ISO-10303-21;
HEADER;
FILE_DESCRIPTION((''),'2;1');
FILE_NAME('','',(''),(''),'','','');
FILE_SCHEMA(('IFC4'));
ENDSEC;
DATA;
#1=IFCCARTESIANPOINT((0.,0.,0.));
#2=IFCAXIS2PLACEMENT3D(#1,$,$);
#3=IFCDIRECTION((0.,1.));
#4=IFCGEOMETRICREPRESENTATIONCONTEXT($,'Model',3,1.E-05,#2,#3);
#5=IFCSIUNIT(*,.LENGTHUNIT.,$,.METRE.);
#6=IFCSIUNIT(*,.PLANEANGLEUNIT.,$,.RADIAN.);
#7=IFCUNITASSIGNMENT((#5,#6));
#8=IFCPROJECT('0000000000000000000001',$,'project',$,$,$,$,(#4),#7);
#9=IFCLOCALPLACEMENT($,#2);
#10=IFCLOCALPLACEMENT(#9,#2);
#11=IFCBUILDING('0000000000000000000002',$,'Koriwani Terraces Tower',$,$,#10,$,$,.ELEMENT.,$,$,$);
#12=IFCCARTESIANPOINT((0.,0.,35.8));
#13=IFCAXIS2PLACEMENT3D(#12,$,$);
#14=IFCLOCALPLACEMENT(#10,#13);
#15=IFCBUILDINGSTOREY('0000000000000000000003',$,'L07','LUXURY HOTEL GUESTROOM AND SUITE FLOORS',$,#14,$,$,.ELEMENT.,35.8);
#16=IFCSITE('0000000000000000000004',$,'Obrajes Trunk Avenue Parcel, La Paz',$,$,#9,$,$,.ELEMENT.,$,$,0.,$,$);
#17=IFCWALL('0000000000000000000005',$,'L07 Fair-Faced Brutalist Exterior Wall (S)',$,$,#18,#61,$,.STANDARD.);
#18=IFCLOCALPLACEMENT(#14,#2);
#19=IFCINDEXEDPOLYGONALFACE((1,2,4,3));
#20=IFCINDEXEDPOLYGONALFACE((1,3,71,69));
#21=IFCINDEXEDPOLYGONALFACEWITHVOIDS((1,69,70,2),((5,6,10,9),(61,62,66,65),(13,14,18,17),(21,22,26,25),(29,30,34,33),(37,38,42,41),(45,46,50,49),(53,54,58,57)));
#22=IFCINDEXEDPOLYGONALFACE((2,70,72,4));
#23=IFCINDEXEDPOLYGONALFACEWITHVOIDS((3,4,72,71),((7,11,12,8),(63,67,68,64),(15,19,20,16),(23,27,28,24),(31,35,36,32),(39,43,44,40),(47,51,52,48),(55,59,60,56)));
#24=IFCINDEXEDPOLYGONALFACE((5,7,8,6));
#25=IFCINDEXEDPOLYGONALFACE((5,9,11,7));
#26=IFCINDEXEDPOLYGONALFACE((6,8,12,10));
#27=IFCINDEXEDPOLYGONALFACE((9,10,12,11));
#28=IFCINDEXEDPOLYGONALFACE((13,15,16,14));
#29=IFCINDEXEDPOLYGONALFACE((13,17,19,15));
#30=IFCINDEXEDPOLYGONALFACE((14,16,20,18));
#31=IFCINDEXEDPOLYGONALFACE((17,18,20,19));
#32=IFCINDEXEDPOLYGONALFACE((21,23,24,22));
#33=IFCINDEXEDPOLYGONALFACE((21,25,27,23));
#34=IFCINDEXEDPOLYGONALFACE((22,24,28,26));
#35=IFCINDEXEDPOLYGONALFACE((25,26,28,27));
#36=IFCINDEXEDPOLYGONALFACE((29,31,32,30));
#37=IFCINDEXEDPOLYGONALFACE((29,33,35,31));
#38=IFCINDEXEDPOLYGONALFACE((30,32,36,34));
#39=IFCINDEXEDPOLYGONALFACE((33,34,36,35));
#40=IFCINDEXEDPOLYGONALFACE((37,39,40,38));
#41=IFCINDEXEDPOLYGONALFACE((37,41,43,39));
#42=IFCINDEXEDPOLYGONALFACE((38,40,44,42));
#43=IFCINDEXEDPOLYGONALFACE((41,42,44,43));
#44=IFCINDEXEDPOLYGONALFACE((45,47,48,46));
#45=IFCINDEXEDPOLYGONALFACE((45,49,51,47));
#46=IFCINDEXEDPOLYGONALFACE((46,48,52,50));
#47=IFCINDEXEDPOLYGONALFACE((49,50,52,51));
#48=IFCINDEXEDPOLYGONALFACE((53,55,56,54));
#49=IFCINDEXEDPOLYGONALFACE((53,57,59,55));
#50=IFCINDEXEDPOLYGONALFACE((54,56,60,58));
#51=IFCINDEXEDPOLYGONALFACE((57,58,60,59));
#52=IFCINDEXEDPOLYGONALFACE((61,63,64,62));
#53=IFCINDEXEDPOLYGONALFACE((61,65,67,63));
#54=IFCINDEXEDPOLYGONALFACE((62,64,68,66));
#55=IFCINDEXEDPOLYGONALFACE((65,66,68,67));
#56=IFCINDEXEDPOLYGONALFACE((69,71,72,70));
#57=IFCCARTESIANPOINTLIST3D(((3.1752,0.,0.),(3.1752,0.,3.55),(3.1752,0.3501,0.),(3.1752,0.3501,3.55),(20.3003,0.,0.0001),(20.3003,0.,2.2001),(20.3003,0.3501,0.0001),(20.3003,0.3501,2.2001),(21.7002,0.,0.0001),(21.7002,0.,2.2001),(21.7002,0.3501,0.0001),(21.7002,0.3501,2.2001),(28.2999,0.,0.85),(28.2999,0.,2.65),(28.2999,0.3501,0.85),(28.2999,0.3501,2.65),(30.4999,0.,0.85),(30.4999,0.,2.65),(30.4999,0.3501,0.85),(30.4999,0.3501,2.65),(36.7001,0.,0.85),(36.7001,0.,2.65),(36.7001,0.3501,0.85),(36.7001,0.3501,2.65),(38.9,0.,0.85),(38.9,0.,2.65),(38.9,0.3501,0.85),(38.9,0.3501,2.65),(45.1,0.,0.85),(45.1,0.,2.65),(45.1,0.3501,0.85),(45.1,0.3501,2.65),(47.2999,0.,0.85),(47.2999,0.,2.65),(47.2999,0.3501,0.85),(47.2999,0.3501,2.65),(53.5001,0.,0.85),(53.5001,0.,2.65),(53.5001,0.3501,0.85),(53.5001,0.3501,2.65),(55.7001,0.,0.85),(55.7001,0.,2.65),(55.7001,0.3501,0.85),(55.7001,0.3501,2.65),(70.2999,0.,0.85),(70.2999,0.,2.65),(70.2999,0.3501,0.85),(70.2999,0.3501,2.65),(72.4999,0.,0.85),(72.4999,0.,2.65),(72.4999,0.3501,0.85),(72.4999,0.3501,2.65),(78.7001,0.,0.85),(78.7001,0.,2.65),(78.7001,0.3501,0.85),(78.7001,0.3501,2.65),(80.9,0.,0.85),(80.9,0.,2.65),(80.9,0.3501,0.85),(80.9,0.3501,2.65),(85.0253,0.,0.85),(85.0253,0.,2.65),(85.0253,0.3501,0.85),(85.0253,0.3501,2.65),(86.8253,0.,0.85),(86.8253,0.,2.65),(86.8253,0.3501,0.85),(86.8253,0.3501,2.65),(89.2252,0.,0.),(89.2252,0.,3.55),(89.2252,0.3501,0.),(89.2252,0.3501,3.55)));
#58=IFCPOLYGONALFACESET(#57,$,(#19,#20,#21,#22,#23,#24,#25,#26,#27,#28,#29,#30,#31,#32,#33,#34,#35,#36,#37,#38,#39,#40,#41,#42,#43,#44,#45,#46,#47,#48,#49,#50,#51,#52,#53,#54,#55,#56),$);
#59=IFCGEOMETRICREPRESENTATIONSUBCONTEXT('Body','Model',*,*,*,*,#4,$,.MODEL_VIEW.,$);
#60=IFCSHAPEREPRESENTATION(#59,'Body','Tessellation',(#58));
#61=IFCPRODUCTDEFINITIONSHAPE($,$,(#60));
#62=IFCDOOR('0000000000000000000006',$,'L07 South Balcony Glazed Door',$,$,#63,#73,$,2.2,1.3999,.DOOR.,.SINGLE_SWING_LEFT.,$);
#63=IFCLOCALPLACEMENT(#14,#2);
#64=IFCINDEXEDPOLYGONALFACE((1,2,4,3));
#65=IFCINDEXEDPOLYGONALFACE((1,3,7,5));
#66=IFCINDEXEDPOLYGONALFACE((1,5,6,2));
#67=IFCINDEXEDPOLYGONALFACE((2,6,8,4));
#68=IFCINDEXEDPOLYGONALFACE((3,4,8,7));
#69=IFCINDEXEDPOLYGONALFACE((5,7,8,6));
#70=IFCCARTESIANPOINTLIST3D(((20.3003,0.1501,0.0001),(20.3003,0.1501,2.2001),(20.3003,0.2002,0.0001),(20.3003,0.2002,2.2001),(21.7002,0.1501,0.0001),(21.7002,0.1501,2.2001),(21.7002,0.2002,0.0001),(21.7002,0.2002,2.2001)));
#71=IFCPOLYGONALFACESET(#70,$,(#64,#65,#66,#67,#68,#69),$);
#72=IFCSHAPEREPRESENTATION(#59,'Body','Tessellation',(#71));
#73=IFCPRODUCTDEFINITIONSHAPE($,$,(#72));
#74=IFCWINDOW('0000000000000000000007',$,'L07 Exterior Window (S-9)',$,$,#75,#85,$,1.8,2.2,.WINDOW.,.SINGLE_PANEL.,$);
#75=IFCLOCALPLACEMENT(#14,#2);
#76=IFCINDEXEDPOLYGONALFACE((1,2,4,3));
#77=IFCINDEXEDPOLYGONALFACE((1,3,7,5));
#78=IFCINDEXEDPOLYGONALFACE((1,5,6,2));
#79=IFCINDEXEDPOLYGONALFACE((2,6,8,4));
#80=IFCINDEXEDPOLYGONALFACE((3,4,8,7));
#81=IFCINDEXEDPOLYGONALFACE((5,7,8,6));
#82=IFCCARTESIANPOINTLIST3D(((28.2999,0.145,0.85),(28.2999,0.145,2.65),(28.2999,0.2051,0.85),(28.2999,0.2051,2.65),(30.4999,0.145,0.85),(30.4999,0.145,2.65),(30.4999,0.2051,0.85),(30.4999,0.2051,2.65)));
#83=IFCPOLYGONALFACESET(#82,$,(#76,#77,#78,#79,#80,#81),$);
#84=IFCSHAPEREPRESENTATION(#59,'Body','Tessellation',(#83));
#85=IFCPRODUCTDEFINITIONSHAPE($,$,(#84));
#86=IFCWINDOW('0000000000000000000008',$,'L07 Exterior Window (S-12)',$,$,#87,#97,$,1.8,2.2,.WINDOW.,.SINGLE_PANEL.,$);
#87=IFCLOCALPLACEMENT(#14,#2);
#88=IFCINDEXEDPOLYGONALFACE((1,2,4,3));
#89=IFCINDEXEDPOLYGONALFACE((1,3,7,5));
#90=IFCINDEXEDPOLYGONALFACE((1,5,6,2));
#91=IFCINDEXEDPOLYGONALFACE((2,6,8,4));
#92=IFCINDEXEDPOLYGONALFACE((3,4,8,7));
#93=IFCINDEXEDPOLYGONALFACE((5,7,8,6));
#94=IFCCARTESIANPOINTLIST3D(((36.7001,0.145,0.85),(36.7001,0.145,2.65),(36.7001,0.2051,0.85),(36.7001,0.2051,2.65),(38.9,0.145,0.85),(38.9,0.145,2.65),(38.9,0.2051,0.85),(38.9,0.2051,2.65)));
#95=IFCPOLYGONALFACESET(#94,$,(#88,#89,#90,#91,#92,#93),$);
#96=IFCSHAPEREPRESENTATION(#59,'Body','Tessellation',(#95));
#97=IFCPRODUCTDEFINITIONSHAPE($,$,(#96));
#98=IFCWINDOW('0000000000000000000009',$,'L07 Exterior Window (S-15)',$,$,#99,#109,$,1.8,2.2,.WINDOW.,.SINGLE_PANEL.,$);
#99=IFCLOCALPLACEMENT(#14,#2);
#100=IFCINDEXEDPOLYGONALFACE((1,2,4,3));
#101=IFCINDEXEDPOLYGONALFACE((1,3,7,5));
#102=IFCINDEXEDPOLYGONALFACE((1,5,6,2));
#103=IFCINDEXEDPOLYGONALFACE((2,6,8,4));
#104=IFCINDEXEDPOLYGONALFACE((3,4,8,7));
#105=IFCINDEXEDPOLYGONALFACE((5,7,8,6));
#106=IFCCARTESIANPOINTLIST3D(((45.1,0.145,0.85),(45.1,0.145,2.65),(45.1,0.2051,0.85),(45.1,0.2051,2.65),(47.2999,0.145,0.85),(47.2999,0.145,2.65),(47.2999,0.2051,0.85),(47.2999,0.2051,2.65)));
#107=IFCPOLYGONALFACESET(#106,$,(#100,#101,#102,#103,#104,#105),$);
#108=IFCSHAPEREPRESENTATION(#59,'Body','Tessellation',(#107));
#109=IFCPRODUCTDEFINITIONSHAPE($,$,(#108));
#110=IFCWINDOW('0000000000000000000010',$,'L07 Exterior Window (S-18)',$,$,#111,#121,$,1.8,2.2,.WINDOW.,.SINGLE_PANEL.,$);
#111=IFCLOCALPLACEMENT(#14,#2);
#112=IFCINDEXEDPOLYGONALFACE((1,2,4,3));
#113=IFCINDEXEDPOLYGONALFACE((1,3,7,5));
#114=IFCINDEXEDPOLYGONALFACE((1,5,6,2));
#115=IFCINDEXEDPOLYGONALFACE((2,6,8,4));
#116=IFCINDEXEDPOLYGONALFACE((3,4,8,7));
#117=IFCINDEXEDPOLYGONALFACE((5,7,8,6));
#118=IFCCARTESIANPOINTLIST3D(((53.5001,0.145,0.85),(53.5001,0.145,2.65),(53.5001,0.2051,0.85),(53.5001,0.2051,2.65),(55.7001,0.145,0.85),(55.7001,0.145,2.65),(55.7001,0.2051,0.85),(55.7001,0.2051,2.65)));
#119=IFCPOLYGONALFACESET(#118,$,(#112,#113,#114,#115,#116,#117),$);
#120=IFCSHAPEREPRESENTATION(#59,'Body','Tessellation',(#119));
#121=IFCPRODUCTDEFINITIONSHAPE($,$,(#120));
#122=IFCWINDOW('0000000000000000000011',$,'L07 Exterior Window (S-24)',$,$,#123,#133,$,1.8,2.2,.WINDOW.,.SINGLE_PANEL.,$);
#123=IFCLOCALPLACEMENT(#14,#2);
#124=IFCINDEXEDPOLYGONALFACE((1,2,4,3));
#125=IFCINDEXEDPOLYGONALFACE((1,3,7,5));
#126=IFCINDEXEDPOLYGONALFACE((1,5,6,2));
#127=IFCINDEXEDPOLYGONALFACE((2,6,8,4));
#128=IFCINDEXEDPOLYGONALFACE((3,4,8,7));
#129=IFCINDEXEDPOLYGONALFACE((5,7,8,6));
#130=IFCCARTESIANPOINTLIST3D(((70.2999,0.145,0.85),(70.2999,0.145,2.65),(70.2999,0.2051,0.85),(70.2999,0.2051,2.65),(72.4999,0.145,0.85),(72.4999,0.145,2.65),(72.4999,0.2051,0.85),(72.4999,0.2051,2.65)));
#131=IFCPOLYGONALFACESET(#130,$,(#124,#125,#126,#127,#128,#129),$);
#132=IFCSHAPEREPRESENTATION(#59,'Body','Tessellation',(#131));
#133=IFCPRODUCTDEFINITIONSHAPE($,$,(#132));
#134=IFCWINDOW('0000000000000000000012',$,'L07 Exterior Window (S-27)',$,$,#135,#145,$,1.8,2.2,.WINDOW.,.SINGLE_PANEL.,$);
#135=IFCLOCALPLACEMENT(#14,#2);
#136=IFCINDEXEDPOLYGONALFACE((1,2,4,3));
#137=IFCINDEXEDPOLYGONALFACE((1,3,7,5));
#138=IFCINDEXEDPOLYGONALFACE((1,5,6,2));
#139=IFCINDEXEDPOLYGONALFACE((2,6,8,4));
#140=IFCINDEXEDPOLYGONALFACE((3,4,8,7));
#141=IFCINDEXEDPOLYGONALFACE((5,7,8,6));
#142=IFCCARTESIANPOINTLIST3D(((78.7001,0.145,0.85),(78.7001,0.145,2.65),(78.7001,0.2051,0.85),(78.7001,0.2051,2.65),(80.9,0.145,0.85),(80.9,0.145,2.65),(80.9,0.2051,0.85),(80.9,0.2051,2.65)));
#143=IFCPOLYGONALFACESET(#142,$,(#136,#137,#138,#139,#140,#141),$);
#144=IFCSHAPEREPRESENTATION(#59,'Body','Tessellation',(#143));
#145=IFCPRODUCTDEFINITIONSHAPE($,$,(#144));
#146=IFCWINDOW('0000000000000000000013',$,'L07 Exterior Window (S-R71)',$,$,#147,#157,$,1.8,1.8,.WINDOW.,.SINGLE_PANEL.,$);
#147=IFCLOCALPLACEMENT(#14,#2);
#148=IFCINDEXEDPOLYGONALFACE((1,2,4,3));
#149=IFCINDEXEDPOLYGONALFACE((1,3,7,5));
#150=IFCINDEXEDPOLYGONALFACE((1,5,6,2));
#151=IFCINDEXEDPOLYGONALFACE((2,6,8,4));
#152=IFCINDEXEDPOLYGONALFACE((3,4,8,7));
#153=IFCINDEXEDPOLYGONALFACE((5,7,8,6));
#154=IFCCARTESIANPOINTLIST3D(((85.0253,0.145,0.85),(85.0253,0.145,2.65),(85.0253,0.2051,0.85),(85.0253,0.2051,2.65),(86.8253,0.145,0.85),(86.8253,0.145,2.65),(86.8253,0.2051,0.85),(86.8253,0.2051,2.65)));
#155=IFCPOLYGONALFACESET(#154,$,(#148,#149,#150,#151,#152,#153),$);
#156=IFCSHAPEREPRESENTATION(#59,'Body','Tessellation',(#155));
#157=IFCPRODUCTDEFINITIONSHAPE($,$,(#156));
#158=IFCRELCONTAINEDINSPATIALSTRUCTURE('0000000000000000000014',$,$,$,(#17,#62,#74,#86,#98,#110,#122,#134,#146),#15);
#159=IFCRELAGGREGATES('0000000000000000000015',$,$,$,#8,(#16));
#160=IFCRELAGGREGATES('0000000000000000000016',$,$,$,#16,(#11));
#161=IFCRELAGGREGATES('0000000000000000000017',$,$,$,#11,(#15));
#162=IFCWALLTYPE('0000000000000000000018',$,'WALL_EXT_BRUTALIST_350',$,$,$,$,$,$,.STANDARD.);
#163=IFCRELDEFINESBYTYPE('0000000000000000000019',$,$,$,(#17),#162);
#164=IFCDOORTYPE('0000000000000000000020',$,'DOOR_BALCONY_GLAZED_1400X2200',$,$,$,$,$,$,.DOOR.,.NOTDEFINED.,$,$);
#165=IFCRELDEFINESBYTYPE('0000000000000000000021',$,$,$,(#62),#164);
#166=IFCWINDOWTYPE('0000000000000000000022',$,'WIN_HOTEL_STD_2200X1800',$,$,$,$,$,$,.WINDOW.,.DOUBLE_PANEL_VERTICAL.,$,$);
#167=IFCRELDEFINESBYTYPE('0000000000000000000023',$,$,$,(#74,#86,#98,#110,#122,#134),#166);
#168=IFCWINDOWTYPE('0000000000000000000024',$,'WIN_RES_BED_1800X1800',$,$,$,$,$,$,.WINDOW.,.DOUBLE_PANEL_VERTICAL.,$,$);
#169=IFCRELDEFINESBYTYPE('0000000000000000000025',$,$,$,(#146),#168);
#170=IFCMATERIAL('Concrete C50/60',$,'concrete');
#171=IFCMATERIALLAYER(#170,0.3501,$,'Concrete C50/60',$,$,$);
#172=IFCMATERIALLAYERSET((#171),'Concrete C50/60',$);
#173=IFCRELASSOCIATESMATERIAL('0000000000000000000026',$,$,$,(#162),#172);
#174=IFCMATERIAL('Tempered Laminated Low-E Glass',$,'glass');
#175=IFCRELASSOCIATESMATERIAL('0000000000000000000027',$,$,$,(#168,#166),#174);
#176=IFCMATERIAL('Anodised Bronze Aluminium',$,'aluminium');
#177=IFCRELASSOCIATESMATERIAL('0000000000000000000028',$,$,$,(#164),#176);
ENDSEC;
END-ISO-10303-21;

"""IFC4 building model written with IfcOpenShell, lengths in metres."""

from ifc_helpers import new_model, si_unit, direction, frame, frame_2d, origin, place, context, subcontext, project, spatial, rectangle, extrude, material, layer, layer_set, type_object, element, fill, save


model = new_model("IFC4")

# Units and contexts
model_context = context("Model", 3, precision=1e-05, world=origin(), true_north=direction((0.0, 1.0)))
body_context = subcontext(model_context, "Body", "Model", "MODEL_VIEW")
ifc_project = project(units=[si_unit("LENGTHUNIT", "METRE"), si_unit("PLANEANGLEUNIT", "RADIAN")], contexts=[model_context])

# Site, building, storey
site_placement = place(None, origin())
site = spatial("IfcSite", under=ifc_project, at=site_placement, Name="Obrajes Trunk Avenue Parcel, La Paz", CompositionType="ELEMENT", RefElevation=0.0)
building_placement = place(site_placement, origin())
building = spatial("IfcBuilding", under=site, at=building_placement, Name="Koriwani Terraces Tower", CompositionType="ELEMENT")
storey_placement = place(building_placement, frame((0.0, 0.0, 35.8)))
storey = spatial("IfcBuildingStorey", under=building, at=storey_placement, Name="L07", Description="LUXURY HOTEL GUESTROOM AND SUITE FLOORS", CompositionType="ELEMENT", Elevation=35.8)

# Shared definitions
ifc_material_1 = material(Name="Concrete C50/60", Category="concrete")

# Shared definitions
ifc_layer_1 = layer(ifc_material_1, 0.3501, Name="Concrete C50/60")
ifc_layer_set_1 = layer_set([ifc_layer_1], Name="Concrete C50/60")
wall_type_1 = type_object("IfcWallType", Name="WALL_EXT_BRUTALIST_350", PredefinedType="STANDARD", material=ifc_layer_set_1)

# Shared definitions
ifc_material_2 = material(Name="Tempered Laminated Low-E Glass", Category="glass")
window_type_1 = type_object("IfcWindowType", Name="WIN_RES_BED_1800X1800", PartitioningType="DOUBLE_PANEL_VERTICAL", PredefinedType="WINDOW", material=ifc_material_2)

# Wall, openings, door, windows
wall_1_placement = place(storey_placement, frame((89.2251, 0.175, 0.0), z_axis=(0.0, 0.0, 1.0), x_axis=(-1.0, 0.0, 0.0)))
wall_1 = element("IfcWall", 1, at=wall_1_placement, inside=storey, type_object=wall_type_1, Name="L07 Fair-Faced Brutalist Exterior Wall (S)", PredefinedType="STANDARD", context=body_context, shape_type="SweptSolid", body=[
    extrude(rectangle(XDim=86.05, YDim=0.3501, at=frame_2d((43.0249, 0.0))), origin(), (0.0, 0.0, 1.0), 3.55),
])
opening_1_placement = place(wall_1_placement, frame((67.5249, 0.0, 0.0)))
opening_1 = element("IfcOpeningElement", 2, at=opening_1_placement, cuts=wall_1, PredefinedType="OPENING", context=body_context, shape_type="SweptSolid", body=[
    extrude(rectangle(XDim=1.3999, YDim=2.2, at=frame_2d((0.7, 1.1001))), frame((0.0, 0.1851, 0.0), z_axis=(0.0, -1.0, 0.0), x_axis=(1.0, 0.0, 0.0)), (0.0, 0.0, 1.0), 0.3701),
])
opening_2_placement = place(wall_1_placement, frame((58.7251, 0.0, 0.8501)))
opening_2 = element("IfcOpeningElement", 3, at=opening_2_placement, cuts=wall_1, PredefinedType="OPENING", context=body_context, shape_type="SweptSolid", body=[
    extrude(rectangle(XDim=2.2, YDim=1.8, at=frame_2d((1.1001, 0.8999))), frame((0.0, 0.1851, 0.0), z_axis=(0.0, -1.0, 0.0), x_axis=(1.0, 0.0, 0.0)), (0.0, 0.0, 1.0), 0.3701),
])
opening_3_placement = place(wall_1_placement, frame((50.325, 0.0, 0.8501)))
opening_3 = element("IfcOpeningElement", 4, at=opening_3_placement, cuts=wall_1, PredefinedType="OPENING", context=body_context, shape_type="SweptSolid", body=[
    extrude(rectangle(XDim=2.2, YDim=1.8, at=frame_2d((1.1001, 0.8999))), frame((0.0, 0.1851, 0.0), z_axis=(0.0, -1.0, 0.0), x_axis=(1.0, 0.0, 0.0)), (0.0, 0.0, 1.0), 0.3701),
])
opening_4_placement = place(wall_1_placement, frame((41.925, 0.0, 0.8501)))
opening_4 = element("IfcOpeningElement", 5, at=opening_4_placement, cuts=wall_1, PredefinedType="OPENING", context=body_context, shape_type="SweptSolid", body=[
    extrude(rectangle(XDim=2.2, YDim=1.8, at=frame_2d((1.1001, 0.8999))), frame((0.0, 0.1851, 0.0), z_axis=(0.0, -1.0, 0.0), x_axis=(1.0, 0.0, 0.0)), (0.0, 0.0, 1.0), 0.3701),
])
opening_5_placement = place(wall_1_placement, frame((33.5249, 0.0, 0.8501)))
opening_5 = element("IfcOpeningElement", 6, at=opening_5_placement, cuts=wall_1, PredefinedType="OPENING", context=body_context, shape_type="SweptSolid", body=[
    extrude(rectangle(XDim=2.2, YDim=1.8, at=frame_2d((1.1001, 0.8999))), frame((0.0, 0.1851, 0.0), z_axis=(0.0, -1.0, 0.0), x_axis=(1.0, 0.0, 0.0)), (0.0, 0.0, 1.0), 0.3701),
])
opening_6_placement = place(wall_1_placement, frame((16.7251, 0.0, 0.8501)))
opening_6 = element("IfcOpeningElement", 7, at=opening_6_placement, cuts=wall_1, PredefinedType="OPENING", context=body_context, shape_type="SweptSolid", body=[
    extrude(rectangle(XDim=2.2, YDim=1.8, at=frame_2d((1.1001, 0.8999))), frame((0.0, 0.1851, 0.0), z_axis=(0.0, -1.0, 0.0), x_axis=(1.0, 0.0, 0.0)), (0.0, 0.0, 1.0), 0.3701),
])
opening_7_placement = place(wall_1_placement, frame((8.325, 0.0, 0.8501)))
opening_7 = element("IfcOpeningElement", 8, at=opening_7_placement, cuts=wall_1, PredefinedType="OPENING", context=body_context, shape_type="SweptSolid", body=[
    extrude(rectangle(XDim=2.2, YDim=1.8, at=frame_2d((1.1001, 0.8999))), frame((0.0, 0.1851, 0.0), z_axis=(0.0, -1.0, 0.0), x_axis=(1.0, 0.0, 0.0)), (0.0, 0.0, 1.0), 0.3701),
])
opening_8_placement = place(wall_1_placement, frame((2.3999, 0.0, 0.8501)))
opening_8 = element("IfcOpeningElement", 9, at=opening_8_placement, cuts=wall_1, PredefinedType="OPENING", context=body_context, shape_type="SweptSolid", body=[
    extrude(rectangle(XDim=1.8, YDim=1.8, at=frame_2d((0.8999, 0.8999))), frame((0.0, 0.1851, 0.0), z_axis=(0.0, -1.0, 0.0), x_axis=(1.0, 0.0, 0.0)), (0.0, 0.0, 1.0), 0.3701),
])
ifc_material_3 = material(Name="Anodised Bronze Aluminium", Category="aluminium")
door_type_1 = type_object("IfcDoorType", Name="DOOR_BALCONY_GLAZED_1400X2200", OperationType="NOTDEFINED", PredefinedType="DOOR", material=ifc_material_3)
door_1_placement = place(opening_1_placement, origin())
door_1 = element("IfcDoor", 10, at=door_1_placement, inside=storey, type_object=door_type_1, Name="L07 South Balcony Glazed Door", OperationType="SINGLE_SWING_LEFT", OverallHeight=2.2, OverallWidth=1.3999, PredefinedType="DOOR", context=body_context, shape_type="SweptSolid", body=[
    extrude(rectangle(XDim=1.3999, YDim=2.2, at=frame_2d((0.7, 1.1001))), frame((0.0, 0.0249, 0.0), z_axis=(0.0, -1.0, 0.0), x_axis=(1.0, 0.0, 0.0)), (0.0, 0.0, 1.0), 0.05),
])
fill(opening_1, door_1)
window_type_2 = type_object("IfcWindowType", Name="WIN_HOTEL_STD_2200X1800", PartitioningType="DOUBLE_PANEL_VERTICAL", PredefinedType="WINDOW", material=ifc_material_2)
window_1_placement = place(opening_2_placement, origin())
window_1 = element("IfcWindow", 11, at=window_1_placement, inside=storey, type_object=window_type_2, Name="L07 Exterior Window (S-9)", OverallHeight=1.8, OverallWidth=2.2, PartitioningType="SINGLE_PANEL", PredefinedType="WINDOW", context=body_context, shape_type="SweptSolid", body=[
    extrude(rectangle(XDim=2.2, YDim=1.8, at=frame_2d((1.1001, 0.8999))), frame((0.0, 0.03, 0.0), z_axis=(0.0, -1.0, 0.0), x_axis=(1.0, 0.0, 0.0)), (0.0, 0.0, 1.0), 0.0601),
])
fill(opening_2, window_1)
window_2_placement = place(opening_3_placement, origin())
window_2 = element("IfcWindow", 12, at=window_2_placement, inside=storey, type_object=window_type_2, Name="L07 Exterior Window (S-12)", OverallHeight=1.8, OverallWidth=2.2, PartitioningType="SINGLE_PANEL", PredefinedType="WINDOW", context=body_context, shape_type="SweptSolid", body=[
    extrude(rectangle(XDim=2.2, YDim=1.8, at=frame_2d((1.1001, 0.8999))), frame((0.0, 0.03, 0.0), z_axis=(0.0, -1.0, 0.0), x_axis=(1.0, 0.0, 0.0)), (0.0, 0.0, 1.0), 0.0601),
])
fill(opening_3, window_2)
window_3_placement = place(opening_4_placement, origin())
window_3 = element("IfcWindow", 13, at=window_3_placement, inside=storey, type_object=window_type_2, Name="L07 Exterior Window (S-15)", OverallHeight=1.8, OverallWidth=2.2, PartitioningType="SINGLE_PANEL", PredefinedType="WINDOW", context=body_context, shape_type="SweptSolid", body=[
    extrude(rectangle(XDim=2.2, YDim=1.8, at=frame_2d((1.1001, 0.8999))), frame((0.0, 0.03, 0.0), z_axis=(0.0, -1.0, 0.0), x_axis=(1.0, 0.0, 0.0)), (0.0, 0.0, 1.0), 0.0601),
])
fill(opening_4, window_3)
window_4_placement = place(opening_5_placement, origin())
window_4 = element("IfcWindow", 14, at=window_4_placement, inside=storey, type_object=window_type_2, Name="L07 Exterior Window (S-18)", OverallHeight=1.8, OverallWidth=2.2, PartitioningType="SINGLE_PANEL", PredefinedType="WINDOW", context=body_context, shape_type="SweptSolid", body=[
    extrude(rectangle(XDim=2.2, YDim=1.8, at=frame_2d((1.1001, 0.8999))), frame((0.0, 0.03, 0.0), z_axis=(0.0, -1.0, 0.0), x_axis=(1.0, 0.0, 0.0)), (0.0, 0.0, 1.0), 0.0601),
])
fill(opening_5, window_4)
window_5_placement = place(opening_6_placement, origin())
window_5 = element("IfcWindow", 15, at=window_5_placement, inside=storey, type_object=window_type_2, Name="L07 Exterior Window (S-24)", OverallHeight=1.8, OverallWidth=2.2, PartitioningType="SINGLE_PANEL", PredefinedType="WINDOW", context=body_context, shape_type="SweptSolid", body=[
    extrude(rectangle(XDim=2.2, YDim=1.8, at=frame_2d((1.1001, 0.8999))), frame((0.0, 0.03, 0.0), z_axis=(0.0, -1.0, 0.0), x_axis=(1.0, 0.0, 0.0)), (0.0, 0.0, 1.0), 0.0601),
])
fill(opening_6, window_5)
window_6_placement = place(opening_7_placement, origin())
window_6 = element("IfcWindow", 16, at=window_6_placement, inside=storey, type_object=window_type_2, Name="L07 Exterior Window (S-27)", OverallHeight=1.8, OverallWidth=2.2, PartitioningType="SINGLE_PANEL", PredefinedType="WINDOW", context=body_context, shape_type="SweptSolid", body=[
    extrude(rectangle(XDim=2.2, YDim=1.8, at=frame_2d((1.1001, 0.8999))), frame((0.0, 0.03, 0.0), z_axis=(0.0, -1.0, 0.0), x_axis=(1.0, 0.0, 0.0)), (0.0, 0.0, 1.0), 0.0601),
])
fill(opening_7, window_6)
window_7_placement = place(opening_8_placement, origin())
window_7 = element("IfcWindow", 17, at=window_7_placement, inside=storey, type_object=window_type_1, Name="L07 Exterior Window (S-R71)", OverallHeight=1.8, OverallWidth=1.8, PartitioningType="SINGLE_PANEL", PredefinedType="WINDOW", context=body_context, shape_type="SweptSolid", body=[
    extrude(rectangle(XDim=1.8, YDim=1.8, at=frame_2d((0.8999, 0.8999))), frame((0.0, 0.03, 0.0), z_axis=(0.0, -1.0, 0.0), x_axis=(1.0, 0.0, 0.0)), (0.0, 0.0, 1.0), 0.0601),
])
fill(opening_8, window_7)

save(model, "model.ifc")
